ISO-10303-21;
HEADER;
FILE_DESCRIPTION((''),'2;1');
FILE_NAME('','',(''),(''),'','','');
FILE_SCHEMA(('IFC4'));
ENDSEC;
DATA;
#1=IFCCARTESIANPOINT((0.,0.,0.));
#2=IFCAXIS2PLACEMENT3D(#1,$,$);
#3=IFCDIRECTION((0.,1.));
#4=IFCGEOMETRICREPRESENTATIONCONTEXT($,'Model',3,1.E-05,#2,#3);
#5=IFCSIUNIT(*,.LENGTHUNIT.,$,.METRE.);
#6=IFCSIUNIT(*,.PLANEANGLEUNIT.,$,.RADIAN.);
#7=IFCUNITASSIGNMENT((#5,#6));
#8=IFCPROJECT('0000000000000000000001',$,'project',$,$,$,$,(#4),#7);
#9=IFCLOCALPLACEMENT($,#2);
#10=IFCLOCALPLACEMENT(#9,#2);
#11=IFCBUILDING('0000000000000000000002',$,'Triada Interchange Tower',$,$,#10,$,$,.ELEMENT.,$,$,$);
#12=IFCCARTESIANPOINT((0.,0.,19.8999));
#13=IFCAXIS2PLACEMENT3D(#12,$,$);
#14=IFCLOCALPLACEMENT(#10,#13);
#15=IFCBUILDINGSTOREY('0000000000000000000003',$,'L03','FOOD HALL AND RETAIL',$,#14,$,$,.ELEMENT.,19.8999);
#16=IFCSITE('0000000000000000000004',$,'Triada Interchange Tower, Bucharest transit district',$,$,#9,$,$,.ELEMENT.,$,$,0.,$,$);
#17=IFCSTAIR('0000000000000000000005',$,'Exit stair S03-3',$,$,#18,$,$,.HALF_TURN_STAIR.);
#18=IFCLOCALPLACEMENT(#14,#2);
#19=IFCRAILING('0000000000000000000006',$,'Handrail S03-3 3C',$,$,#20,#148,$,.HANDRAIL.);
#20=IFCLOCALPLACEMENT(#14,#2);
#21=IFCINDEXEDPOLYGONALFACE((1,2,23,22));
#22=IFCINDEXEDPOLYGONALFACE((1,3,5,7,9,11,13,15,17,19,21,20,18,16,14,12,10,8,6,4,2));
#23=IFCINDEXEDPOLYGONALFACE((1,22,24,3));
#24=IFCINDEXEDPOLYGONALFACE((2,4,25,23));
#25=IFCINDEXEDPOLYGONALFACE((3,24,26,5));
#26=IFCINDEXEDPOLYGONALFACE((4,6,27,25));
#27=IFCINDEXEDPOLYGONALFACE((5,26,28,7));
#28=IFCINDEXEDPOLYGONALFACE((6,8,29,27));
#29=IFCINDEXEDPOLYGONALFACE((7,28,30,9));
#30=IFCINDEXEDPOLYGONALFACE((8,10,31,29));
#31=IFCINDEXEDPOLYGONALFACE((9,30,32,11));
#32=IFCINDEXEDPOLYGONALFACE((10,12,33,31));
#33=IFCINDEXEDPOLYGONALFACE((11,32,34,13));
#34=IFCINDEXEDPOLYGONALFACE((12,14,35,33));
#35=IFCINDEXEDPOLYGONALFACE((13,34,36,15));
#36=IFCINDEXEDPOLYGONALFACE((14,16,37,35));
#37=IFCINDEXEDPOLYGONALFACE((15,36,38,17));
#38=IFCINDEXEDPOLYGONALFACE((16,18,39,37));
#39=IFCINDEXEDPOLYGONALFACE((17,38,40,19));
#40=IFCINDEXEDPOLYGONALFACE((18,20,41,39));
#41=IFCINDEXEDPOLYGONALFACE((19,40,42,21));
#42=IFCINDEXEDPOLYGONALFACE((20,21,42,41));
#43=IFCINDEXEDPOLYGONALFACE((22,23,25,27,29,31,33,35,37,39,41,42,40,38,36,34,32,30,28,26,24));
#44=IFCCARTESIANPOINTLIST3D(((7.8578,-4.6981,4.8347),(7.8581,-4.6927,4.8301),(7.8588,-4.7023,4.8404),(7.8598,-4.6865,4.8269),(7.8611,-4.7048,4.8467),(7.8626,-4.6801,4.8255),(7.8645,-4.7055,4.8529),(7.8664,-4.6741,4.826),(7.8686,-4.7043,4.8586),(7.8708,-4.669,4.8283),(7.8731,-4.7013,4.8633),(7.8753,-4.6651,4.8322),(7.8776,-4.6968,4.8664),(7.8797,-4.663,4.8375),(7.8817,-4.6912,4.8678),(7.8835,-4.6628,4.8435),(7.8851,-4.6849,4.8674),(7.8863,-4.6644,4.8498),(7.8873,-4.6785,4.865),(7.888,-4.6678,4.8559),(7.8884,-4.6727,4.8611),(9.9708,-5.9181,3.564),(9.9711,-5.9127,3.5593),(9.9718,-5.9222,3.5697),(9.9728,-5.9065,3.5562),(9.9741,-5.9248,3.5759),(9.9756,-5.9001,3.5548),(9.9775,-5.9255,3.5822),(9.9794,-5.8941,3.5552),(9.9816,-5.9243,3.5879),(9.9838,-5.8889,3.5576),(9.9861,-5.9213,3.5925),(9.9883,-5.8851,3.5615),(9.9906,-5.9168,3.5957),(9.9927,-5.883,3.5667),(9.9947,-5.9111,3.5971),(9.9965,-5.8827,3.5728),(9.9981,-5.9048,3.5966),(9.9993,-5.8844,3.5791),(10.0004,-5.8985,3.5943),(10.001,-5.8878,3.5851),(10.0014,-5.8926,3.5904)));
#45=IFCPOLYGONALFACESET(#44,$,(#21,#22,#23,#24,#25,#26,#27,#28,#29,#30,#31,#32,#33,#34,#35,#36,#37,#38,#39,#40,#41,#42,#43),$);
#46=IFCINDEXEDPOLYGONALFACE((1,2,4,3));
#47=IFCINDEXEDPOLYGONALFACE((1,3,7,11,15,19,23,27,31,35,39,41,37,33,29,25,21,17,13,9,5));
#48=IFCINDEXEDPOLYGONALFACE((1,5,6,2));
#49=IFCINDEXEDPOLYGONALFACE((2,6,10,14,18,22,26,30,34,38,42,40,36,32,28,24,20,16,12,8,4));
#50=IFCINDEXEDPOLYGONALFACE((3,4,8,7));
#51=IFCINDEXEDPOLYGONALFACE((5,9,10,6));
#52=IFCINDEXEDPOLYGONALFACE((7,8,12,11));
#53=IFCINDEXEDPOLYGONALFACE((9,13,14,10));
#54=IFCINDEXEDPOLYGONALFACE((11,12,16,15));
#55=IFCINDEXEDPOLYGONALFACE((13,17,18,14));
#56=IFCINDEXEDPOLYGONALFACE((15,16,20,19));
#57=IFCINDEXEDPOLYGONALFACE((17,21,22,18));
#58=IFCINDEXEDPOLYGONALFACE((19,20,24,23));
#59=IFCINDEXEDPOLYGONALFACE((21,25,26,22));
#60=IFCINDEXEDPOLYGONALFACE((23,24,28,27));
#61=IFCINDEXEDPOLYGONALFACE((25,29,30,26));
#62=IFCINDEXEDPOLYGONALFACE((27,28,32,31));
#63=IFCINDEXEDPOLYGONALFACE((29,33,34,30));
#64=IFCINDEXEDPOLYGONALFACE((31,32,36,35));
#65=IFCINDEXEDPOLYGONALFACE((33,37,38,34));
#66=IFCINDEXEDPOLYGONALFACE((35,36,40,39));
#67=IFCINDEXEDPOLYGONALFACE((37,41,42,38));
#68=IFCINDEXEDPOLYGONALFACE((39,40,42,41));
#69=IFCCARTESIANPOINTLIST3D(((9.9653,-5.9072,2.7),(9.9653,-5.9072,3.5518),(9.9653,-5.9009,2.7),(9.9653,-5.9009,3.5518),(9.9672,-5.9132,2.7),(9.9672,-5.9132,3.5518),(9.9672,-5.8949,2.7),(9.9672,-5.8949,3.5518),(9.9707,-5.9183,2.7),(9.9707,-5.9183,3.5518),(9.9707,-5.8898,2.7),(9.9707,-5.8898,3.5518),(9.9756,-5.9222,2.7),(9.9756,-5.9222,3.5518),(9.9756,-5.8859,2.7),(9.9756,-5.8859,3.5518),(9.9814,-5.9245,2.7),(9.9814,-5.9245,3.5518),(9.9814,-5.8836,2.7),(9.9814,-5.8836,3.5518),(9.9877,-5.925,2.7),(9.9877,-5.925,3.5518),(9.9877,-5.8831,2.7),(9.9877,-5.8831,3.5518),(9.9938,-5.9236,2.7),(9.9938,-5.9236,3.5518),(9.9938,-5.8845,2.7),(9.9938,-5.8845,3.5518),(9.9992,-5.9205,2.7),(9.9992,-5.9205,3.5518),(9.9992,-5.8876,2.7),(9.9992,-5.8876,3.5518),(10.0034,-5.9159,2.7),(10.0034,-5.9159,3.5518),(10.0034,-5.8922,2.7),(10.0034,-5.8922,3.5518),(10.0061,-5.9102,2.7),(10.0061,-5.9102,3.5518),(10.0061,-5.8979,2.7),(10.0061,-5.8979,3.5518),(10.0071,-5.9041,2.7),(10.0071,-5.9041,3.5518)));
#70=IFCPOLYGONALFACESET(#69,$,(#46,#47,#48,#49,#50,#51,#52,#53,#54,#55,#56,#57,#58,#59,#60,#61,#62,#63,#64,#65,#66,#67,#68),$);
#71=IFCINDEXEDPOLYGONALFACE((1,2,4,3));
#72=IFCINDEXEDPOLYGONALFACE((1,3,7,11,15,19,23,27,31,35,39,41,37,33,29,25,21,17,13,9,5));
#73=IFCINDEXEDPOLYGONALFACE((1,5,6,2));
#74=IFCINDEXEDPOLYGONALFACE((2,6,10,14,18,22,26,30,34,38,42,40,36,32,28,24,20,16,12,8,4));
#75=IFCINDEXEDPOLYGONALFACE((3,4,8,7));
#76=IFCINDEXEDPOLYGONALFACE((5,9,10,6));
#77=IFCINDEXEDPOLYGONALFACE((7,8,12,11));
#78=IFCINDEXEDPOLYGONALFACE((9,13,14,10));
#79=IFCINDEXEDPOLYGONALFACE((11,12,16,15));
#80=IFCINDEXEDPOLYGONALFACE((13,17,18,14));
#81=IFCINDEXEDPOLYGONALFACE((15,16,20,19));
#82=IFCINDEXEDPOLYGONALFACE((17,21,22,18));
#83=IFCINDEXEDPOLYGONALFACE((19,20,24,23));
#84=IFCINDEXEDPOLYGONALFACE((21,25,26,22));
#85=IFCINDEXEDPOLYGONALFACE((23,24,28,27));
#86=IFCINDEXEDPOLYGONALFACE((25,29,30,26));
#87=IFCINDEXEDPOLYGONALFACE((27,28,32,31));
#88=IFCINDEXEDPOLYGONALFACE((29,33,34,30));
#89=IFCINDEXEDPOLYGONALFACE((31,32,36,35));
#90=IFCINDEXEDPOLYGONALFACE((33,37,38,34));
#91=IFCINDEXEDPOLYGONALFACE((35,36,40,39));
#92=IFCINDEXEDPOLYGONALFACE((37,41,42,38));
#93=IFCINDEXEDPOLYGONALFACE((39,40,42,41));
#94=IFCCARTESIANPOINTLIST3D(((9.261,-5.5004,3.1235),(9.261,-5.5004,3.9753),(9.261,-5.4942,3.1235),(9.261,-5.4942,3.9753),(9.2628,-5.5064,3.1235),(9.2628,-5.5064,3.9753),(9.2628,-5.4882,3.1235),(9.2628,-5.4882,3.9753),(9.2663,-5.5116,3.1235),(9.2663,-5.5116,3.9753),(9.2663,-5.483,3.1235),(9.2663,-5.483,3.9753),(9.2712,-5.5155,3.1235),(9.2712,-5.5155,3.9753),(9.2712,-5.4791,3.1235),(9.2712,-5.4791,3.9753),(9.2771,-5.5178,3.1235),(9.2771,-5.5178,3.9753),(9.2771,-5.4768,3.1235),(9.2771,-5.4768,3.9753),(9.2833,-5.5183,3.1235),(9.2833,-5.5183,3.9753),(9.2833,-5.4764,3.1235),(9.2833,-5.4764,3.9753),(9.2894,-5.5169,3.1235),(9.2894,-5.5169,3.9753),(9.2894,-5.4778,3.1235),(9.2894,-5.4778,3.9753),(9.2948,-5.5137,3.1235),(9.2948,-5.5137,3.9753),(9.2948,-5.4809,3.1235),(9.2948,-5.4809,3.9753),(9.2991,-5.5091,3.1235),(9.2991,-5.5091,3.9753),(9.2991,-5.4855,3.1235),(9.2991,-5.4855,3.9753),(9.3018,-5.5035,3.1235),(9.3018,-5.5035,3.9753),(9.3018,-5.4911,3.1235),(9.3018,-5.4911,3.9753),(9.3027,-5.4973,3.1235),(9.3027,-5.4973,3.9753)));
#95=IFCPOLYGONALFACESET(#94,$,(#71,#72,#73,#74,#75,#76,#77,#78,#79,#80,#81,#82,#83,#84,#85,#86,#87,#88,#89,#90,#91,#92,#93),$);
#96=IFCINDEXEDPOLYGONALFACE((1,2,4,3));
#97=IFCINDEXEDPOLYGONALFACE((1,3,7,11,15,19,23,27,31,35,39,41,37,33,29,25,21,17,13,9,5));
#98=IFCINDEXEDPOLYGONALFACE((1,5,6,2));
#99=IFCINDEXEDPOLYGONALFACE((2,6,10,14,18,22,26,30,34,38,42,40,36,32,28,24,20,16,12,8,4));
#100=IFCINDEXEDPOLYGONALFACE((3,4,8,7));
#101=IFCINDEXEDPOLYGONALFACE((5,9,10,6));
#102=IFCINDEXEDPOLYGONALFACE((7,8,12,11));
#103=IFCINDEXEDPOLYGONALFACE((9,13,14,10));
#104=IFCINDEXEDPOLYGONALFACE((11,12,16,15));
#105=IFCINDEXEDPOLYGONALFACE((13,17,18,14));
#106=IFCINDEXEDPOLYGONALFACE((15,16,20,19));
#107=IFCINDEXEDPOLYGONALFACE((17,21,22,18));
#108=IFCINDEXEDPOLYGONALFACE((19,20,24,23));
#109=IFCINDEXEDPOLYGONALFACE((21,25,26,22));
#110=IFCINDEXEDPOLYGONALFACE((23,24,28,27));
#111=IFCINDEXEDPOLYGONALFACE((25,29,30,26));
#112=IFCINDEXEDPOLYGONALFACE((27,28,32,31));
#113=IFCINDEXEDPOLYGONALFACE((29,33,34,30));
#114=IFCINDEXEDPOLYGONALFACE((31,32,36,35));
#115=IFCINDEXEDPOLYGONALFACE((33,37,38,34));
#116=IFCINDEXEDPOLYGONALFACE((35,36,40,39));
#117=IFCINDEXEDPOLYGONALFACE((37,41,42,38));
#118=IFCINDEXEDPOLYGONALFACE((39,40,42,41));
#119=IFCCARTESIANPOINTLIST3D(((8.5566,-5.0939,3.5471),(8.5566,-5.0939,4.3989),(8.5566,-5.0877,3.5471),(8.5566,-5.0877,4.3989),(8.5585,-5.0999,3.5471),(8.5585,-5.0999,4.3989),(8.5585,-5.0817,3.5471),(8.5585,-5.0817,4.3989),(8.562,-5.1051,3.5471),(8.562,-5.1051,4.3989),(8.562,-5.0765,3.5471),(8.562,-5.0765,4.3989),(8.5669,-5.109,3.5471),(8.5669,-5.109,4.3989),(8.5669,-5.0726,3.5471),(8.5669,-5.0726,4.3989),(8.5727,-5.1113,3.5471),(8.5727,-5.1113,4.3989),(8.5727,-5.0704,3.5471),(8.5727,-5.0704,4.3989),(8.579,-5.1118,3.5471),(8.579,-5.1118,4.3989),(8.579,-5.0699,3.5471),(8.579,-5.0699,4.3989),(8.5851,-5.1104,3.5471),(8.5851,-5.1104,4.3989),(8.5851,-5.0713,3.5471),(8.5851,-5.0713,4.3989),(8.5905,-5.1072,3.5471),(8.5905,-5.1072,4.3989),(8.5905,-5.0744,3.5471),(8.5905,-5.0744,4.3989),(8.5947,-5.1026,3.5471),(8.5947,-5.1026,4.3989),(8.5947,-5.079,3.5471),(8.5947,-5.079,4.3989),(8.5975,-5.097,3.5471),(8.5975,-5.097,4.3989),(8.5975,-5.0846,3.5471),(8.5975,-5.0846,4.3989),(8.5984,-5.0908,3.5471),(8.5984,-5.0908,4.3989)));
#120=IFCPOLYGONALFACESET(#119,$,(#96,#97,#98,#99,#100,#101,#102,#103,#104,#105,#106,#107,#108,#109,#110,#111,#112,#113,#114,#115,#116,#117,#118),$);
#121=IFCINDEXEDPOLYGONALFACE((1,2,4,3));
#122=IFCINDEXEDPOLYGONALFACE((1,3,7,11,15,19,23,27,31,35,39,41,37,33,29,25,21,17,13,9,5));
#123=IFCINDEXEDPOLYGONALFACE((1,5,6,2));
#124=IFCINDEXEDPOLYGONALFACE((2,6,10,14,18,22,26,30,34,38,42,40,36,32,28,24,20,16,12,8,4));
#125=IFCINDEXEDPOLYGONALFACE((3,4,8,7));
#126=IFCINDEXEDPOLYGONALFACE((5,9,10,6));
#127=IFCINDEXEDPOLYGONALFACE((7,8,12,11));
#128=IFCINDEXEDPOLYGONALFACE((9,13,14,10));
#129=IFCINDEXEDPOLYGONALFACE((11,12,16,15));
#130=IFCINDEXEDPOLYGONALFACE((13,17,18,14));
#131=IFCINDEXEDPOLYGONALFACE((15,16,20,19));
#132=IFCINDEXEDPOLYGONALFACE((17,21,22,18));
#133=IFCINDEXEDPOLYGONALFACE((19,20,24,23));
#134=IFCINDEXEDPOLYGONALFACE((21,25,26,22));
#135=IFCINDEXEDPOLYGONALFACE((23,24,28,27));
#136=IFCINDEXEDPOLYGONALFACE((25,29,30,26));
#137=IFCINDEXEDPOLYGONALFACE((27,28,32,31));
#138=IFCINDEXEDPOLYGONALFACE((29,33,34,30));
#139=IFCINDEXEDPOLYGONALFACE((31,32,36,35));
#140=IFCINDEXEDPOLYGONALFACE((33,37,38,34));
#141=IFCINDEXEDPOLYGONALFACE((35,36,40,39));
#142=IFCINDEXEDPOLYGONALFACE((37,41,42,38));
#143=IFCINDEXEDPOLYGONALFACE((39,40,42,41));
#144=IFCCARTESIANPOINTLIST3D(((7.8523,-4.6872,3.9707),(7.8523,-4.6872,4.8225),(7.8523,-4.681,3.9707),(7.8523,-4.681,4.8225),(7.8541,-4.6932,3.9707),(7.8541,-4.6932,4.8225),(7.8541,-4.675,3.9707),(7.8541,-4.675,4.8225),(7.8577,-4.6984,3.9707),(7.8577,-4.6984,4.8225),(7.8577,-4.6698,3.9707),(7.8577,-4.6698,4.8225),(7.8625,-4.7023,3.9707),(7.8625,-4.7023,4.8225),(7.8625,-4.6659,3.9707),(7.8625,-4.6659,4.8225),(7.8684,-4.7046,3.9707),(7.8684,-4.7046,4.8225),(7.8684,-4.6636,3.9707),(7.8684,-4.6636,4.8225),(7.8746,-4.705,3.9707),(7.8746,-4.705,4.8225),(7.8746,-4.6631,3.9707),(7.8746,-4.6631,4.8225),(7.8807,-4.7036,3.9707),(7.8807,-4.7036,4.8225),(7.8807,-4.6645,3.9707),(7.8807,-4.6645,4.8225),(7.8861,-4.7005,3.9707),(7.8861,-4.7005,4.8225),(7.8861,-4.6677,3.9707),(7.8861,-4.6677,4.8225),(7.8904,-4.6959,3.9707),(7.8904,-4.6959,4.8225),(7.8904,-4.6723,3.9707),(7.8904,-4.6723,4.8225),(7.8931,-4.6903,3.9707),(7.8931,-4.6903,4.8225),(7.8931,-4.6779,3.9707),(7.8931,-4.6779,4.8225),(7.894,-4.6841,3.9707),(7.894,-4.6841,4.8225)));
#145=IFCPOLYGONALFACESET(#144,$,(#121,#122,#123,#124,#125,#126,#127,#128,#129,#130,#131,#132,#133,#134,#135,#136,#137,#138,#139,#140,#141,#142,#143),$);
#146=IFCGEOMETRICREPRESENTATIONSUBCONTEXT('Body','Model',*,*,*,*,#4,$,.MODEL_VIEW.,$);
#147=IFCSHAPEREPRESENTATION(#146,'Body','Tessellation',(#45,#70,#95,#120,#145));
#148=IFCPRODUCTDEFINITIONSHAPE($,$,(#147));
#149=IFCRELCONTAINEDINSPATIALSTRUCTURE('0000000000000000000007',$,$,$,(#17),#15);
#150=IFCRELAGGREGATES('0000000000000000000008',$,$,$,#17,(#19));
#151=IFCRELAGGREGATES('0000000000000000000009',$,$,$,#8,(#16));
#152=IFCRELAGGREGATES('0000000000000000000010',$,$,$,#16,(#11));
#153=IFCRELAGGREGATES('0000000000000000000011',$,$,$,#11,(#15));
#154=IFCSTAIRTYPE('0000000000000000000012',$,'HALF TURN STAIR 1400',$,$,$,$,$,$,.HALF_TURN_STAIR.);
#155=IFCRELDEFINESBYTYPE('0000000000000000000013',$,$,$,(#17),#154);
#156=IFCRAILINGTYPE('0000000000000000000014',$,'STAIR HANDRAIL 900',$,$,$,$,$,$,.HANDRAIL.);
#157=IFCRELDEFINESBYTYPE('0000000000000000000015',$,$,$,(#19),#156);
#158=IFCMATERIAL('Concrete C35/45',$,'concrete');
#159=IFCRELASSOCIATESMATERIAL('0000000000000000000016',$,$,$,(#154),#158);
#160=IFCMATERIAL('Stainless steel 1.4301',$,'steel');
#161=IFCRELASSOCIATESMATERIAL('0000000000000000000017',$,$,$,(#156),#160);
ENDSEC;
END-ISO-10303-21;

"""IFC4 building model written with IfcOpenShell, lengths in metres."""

from ifc_helpers import new_model, si_unit, direction, frame, origin, origin_2d, place, context, subcontext, project, spatial, circle, extrude, material, type_object, element, aggregate, save


model = new_model("IFC4")

# Units and contexts
model_context = context("Model", 3, precision=1e-05, world=origin(), true_north=direction((0.0, 1.0)))
body_context = subcontext(model_context, "Body", "Model", "MODEL_VIEW")
ifc_project = project(units=[si_unit("LENGTHUNIT", "METRE"), si_unit("PLANEANGLEUNIT", "RADIAN")], contexts=[model_context])

# Site, building, storey
site_placement = place(None, origin())
site = spatial("IfcSite", under=ifc_project, at=site_placement, Name="Triada Interchange Tower, Bucharest transit district", CompositionType="ELEMENT", RefElevation=0.0)
building_placement = place(site_placement, origin())
building = spatial("IfcBuilding", under=site, at=building_placement, Name="Triada Interchange Tower", CompositionType="ELEMENT")
storey_placement = place(building_placement, frame((0.0, 0.0, 19.8999)))
storey = spatial("IfcBuildingStorey", under=building, at=storey_placement, Name="L03", Description="FOOD HALL AND RETAIL", CompositionType="ELEMENT", Elevation=19.8999)

# Shared definitions
ifc_material_1 = material(Name="Concrete C35/45", Category="concrete")

# Stair, railing
stair_type = type_object("IfcStairType", Name="HALF TURN STAIR 1400", PredefinedType="HALF_TURN_STAIR", material=ifc_material_1)
stair_placement = place(storey_placement, origin())
stair = element("IfcStair", 1, at=stair_placement, inside=storey, type_object=stair_type, Name="Exit stair S03-3", PredefinedType="HALF_TURN_STAIR")
ifc_material_2 = material(Name="Stainless steel 1.4301", Category="steel")
railing_type_1 = type_object("IfcRailingType", Name="STAIR HANDRAIL 900", PredefinedType="HANDRAIL", material=ifc_material_2)
railing_1_placement = place(storey_placement, frame((9.9861, -5.9041, 2.7)))
railing_1 = element("IfcRailing", 2, at=railing_1_placement, type_object=railing_type_1, Name="Handrail S03-3 3C", PredefinedType="HANDRAIL", context=body_context, shape_type="SweptSolid", body=[
    extrude(circle(Radius=0.0239, at=origin_2d()), frame((0.0, 0.0, 0.876), z_axis=(-0.768095, 0.443463, 0.461922), x_axis=(-0.500003, -0.866024, 0.0)), (0.0, 0.0, 1.0), 2.751),
    extrude(circle(Radius=0.021, at=origin_2d()), origin(), (0.0, 0.0, 1.0), 0.8518),
    extrude(circle(Radius=0.021, at=origin_2d()), frame((-0.7043, 0.4067, 0.4236)), (0.0, 0.0, 1.0), 0.8518),
    extrude(circle(Radius=0.021, at=origin_2d()), frame((-1.4087, 0.8132, 0.8472)), (0.0, 0.0, 1.0), 0.8518),
    extrude(circle(Radius=0.021, at=origin_2d()), frame((-2.113, 1.22, 1.2708)), (0.0, 0.0, 1.0), 0.8518),
])
aggregate(stair, [railing_1])

save(model, "model.ifc")
